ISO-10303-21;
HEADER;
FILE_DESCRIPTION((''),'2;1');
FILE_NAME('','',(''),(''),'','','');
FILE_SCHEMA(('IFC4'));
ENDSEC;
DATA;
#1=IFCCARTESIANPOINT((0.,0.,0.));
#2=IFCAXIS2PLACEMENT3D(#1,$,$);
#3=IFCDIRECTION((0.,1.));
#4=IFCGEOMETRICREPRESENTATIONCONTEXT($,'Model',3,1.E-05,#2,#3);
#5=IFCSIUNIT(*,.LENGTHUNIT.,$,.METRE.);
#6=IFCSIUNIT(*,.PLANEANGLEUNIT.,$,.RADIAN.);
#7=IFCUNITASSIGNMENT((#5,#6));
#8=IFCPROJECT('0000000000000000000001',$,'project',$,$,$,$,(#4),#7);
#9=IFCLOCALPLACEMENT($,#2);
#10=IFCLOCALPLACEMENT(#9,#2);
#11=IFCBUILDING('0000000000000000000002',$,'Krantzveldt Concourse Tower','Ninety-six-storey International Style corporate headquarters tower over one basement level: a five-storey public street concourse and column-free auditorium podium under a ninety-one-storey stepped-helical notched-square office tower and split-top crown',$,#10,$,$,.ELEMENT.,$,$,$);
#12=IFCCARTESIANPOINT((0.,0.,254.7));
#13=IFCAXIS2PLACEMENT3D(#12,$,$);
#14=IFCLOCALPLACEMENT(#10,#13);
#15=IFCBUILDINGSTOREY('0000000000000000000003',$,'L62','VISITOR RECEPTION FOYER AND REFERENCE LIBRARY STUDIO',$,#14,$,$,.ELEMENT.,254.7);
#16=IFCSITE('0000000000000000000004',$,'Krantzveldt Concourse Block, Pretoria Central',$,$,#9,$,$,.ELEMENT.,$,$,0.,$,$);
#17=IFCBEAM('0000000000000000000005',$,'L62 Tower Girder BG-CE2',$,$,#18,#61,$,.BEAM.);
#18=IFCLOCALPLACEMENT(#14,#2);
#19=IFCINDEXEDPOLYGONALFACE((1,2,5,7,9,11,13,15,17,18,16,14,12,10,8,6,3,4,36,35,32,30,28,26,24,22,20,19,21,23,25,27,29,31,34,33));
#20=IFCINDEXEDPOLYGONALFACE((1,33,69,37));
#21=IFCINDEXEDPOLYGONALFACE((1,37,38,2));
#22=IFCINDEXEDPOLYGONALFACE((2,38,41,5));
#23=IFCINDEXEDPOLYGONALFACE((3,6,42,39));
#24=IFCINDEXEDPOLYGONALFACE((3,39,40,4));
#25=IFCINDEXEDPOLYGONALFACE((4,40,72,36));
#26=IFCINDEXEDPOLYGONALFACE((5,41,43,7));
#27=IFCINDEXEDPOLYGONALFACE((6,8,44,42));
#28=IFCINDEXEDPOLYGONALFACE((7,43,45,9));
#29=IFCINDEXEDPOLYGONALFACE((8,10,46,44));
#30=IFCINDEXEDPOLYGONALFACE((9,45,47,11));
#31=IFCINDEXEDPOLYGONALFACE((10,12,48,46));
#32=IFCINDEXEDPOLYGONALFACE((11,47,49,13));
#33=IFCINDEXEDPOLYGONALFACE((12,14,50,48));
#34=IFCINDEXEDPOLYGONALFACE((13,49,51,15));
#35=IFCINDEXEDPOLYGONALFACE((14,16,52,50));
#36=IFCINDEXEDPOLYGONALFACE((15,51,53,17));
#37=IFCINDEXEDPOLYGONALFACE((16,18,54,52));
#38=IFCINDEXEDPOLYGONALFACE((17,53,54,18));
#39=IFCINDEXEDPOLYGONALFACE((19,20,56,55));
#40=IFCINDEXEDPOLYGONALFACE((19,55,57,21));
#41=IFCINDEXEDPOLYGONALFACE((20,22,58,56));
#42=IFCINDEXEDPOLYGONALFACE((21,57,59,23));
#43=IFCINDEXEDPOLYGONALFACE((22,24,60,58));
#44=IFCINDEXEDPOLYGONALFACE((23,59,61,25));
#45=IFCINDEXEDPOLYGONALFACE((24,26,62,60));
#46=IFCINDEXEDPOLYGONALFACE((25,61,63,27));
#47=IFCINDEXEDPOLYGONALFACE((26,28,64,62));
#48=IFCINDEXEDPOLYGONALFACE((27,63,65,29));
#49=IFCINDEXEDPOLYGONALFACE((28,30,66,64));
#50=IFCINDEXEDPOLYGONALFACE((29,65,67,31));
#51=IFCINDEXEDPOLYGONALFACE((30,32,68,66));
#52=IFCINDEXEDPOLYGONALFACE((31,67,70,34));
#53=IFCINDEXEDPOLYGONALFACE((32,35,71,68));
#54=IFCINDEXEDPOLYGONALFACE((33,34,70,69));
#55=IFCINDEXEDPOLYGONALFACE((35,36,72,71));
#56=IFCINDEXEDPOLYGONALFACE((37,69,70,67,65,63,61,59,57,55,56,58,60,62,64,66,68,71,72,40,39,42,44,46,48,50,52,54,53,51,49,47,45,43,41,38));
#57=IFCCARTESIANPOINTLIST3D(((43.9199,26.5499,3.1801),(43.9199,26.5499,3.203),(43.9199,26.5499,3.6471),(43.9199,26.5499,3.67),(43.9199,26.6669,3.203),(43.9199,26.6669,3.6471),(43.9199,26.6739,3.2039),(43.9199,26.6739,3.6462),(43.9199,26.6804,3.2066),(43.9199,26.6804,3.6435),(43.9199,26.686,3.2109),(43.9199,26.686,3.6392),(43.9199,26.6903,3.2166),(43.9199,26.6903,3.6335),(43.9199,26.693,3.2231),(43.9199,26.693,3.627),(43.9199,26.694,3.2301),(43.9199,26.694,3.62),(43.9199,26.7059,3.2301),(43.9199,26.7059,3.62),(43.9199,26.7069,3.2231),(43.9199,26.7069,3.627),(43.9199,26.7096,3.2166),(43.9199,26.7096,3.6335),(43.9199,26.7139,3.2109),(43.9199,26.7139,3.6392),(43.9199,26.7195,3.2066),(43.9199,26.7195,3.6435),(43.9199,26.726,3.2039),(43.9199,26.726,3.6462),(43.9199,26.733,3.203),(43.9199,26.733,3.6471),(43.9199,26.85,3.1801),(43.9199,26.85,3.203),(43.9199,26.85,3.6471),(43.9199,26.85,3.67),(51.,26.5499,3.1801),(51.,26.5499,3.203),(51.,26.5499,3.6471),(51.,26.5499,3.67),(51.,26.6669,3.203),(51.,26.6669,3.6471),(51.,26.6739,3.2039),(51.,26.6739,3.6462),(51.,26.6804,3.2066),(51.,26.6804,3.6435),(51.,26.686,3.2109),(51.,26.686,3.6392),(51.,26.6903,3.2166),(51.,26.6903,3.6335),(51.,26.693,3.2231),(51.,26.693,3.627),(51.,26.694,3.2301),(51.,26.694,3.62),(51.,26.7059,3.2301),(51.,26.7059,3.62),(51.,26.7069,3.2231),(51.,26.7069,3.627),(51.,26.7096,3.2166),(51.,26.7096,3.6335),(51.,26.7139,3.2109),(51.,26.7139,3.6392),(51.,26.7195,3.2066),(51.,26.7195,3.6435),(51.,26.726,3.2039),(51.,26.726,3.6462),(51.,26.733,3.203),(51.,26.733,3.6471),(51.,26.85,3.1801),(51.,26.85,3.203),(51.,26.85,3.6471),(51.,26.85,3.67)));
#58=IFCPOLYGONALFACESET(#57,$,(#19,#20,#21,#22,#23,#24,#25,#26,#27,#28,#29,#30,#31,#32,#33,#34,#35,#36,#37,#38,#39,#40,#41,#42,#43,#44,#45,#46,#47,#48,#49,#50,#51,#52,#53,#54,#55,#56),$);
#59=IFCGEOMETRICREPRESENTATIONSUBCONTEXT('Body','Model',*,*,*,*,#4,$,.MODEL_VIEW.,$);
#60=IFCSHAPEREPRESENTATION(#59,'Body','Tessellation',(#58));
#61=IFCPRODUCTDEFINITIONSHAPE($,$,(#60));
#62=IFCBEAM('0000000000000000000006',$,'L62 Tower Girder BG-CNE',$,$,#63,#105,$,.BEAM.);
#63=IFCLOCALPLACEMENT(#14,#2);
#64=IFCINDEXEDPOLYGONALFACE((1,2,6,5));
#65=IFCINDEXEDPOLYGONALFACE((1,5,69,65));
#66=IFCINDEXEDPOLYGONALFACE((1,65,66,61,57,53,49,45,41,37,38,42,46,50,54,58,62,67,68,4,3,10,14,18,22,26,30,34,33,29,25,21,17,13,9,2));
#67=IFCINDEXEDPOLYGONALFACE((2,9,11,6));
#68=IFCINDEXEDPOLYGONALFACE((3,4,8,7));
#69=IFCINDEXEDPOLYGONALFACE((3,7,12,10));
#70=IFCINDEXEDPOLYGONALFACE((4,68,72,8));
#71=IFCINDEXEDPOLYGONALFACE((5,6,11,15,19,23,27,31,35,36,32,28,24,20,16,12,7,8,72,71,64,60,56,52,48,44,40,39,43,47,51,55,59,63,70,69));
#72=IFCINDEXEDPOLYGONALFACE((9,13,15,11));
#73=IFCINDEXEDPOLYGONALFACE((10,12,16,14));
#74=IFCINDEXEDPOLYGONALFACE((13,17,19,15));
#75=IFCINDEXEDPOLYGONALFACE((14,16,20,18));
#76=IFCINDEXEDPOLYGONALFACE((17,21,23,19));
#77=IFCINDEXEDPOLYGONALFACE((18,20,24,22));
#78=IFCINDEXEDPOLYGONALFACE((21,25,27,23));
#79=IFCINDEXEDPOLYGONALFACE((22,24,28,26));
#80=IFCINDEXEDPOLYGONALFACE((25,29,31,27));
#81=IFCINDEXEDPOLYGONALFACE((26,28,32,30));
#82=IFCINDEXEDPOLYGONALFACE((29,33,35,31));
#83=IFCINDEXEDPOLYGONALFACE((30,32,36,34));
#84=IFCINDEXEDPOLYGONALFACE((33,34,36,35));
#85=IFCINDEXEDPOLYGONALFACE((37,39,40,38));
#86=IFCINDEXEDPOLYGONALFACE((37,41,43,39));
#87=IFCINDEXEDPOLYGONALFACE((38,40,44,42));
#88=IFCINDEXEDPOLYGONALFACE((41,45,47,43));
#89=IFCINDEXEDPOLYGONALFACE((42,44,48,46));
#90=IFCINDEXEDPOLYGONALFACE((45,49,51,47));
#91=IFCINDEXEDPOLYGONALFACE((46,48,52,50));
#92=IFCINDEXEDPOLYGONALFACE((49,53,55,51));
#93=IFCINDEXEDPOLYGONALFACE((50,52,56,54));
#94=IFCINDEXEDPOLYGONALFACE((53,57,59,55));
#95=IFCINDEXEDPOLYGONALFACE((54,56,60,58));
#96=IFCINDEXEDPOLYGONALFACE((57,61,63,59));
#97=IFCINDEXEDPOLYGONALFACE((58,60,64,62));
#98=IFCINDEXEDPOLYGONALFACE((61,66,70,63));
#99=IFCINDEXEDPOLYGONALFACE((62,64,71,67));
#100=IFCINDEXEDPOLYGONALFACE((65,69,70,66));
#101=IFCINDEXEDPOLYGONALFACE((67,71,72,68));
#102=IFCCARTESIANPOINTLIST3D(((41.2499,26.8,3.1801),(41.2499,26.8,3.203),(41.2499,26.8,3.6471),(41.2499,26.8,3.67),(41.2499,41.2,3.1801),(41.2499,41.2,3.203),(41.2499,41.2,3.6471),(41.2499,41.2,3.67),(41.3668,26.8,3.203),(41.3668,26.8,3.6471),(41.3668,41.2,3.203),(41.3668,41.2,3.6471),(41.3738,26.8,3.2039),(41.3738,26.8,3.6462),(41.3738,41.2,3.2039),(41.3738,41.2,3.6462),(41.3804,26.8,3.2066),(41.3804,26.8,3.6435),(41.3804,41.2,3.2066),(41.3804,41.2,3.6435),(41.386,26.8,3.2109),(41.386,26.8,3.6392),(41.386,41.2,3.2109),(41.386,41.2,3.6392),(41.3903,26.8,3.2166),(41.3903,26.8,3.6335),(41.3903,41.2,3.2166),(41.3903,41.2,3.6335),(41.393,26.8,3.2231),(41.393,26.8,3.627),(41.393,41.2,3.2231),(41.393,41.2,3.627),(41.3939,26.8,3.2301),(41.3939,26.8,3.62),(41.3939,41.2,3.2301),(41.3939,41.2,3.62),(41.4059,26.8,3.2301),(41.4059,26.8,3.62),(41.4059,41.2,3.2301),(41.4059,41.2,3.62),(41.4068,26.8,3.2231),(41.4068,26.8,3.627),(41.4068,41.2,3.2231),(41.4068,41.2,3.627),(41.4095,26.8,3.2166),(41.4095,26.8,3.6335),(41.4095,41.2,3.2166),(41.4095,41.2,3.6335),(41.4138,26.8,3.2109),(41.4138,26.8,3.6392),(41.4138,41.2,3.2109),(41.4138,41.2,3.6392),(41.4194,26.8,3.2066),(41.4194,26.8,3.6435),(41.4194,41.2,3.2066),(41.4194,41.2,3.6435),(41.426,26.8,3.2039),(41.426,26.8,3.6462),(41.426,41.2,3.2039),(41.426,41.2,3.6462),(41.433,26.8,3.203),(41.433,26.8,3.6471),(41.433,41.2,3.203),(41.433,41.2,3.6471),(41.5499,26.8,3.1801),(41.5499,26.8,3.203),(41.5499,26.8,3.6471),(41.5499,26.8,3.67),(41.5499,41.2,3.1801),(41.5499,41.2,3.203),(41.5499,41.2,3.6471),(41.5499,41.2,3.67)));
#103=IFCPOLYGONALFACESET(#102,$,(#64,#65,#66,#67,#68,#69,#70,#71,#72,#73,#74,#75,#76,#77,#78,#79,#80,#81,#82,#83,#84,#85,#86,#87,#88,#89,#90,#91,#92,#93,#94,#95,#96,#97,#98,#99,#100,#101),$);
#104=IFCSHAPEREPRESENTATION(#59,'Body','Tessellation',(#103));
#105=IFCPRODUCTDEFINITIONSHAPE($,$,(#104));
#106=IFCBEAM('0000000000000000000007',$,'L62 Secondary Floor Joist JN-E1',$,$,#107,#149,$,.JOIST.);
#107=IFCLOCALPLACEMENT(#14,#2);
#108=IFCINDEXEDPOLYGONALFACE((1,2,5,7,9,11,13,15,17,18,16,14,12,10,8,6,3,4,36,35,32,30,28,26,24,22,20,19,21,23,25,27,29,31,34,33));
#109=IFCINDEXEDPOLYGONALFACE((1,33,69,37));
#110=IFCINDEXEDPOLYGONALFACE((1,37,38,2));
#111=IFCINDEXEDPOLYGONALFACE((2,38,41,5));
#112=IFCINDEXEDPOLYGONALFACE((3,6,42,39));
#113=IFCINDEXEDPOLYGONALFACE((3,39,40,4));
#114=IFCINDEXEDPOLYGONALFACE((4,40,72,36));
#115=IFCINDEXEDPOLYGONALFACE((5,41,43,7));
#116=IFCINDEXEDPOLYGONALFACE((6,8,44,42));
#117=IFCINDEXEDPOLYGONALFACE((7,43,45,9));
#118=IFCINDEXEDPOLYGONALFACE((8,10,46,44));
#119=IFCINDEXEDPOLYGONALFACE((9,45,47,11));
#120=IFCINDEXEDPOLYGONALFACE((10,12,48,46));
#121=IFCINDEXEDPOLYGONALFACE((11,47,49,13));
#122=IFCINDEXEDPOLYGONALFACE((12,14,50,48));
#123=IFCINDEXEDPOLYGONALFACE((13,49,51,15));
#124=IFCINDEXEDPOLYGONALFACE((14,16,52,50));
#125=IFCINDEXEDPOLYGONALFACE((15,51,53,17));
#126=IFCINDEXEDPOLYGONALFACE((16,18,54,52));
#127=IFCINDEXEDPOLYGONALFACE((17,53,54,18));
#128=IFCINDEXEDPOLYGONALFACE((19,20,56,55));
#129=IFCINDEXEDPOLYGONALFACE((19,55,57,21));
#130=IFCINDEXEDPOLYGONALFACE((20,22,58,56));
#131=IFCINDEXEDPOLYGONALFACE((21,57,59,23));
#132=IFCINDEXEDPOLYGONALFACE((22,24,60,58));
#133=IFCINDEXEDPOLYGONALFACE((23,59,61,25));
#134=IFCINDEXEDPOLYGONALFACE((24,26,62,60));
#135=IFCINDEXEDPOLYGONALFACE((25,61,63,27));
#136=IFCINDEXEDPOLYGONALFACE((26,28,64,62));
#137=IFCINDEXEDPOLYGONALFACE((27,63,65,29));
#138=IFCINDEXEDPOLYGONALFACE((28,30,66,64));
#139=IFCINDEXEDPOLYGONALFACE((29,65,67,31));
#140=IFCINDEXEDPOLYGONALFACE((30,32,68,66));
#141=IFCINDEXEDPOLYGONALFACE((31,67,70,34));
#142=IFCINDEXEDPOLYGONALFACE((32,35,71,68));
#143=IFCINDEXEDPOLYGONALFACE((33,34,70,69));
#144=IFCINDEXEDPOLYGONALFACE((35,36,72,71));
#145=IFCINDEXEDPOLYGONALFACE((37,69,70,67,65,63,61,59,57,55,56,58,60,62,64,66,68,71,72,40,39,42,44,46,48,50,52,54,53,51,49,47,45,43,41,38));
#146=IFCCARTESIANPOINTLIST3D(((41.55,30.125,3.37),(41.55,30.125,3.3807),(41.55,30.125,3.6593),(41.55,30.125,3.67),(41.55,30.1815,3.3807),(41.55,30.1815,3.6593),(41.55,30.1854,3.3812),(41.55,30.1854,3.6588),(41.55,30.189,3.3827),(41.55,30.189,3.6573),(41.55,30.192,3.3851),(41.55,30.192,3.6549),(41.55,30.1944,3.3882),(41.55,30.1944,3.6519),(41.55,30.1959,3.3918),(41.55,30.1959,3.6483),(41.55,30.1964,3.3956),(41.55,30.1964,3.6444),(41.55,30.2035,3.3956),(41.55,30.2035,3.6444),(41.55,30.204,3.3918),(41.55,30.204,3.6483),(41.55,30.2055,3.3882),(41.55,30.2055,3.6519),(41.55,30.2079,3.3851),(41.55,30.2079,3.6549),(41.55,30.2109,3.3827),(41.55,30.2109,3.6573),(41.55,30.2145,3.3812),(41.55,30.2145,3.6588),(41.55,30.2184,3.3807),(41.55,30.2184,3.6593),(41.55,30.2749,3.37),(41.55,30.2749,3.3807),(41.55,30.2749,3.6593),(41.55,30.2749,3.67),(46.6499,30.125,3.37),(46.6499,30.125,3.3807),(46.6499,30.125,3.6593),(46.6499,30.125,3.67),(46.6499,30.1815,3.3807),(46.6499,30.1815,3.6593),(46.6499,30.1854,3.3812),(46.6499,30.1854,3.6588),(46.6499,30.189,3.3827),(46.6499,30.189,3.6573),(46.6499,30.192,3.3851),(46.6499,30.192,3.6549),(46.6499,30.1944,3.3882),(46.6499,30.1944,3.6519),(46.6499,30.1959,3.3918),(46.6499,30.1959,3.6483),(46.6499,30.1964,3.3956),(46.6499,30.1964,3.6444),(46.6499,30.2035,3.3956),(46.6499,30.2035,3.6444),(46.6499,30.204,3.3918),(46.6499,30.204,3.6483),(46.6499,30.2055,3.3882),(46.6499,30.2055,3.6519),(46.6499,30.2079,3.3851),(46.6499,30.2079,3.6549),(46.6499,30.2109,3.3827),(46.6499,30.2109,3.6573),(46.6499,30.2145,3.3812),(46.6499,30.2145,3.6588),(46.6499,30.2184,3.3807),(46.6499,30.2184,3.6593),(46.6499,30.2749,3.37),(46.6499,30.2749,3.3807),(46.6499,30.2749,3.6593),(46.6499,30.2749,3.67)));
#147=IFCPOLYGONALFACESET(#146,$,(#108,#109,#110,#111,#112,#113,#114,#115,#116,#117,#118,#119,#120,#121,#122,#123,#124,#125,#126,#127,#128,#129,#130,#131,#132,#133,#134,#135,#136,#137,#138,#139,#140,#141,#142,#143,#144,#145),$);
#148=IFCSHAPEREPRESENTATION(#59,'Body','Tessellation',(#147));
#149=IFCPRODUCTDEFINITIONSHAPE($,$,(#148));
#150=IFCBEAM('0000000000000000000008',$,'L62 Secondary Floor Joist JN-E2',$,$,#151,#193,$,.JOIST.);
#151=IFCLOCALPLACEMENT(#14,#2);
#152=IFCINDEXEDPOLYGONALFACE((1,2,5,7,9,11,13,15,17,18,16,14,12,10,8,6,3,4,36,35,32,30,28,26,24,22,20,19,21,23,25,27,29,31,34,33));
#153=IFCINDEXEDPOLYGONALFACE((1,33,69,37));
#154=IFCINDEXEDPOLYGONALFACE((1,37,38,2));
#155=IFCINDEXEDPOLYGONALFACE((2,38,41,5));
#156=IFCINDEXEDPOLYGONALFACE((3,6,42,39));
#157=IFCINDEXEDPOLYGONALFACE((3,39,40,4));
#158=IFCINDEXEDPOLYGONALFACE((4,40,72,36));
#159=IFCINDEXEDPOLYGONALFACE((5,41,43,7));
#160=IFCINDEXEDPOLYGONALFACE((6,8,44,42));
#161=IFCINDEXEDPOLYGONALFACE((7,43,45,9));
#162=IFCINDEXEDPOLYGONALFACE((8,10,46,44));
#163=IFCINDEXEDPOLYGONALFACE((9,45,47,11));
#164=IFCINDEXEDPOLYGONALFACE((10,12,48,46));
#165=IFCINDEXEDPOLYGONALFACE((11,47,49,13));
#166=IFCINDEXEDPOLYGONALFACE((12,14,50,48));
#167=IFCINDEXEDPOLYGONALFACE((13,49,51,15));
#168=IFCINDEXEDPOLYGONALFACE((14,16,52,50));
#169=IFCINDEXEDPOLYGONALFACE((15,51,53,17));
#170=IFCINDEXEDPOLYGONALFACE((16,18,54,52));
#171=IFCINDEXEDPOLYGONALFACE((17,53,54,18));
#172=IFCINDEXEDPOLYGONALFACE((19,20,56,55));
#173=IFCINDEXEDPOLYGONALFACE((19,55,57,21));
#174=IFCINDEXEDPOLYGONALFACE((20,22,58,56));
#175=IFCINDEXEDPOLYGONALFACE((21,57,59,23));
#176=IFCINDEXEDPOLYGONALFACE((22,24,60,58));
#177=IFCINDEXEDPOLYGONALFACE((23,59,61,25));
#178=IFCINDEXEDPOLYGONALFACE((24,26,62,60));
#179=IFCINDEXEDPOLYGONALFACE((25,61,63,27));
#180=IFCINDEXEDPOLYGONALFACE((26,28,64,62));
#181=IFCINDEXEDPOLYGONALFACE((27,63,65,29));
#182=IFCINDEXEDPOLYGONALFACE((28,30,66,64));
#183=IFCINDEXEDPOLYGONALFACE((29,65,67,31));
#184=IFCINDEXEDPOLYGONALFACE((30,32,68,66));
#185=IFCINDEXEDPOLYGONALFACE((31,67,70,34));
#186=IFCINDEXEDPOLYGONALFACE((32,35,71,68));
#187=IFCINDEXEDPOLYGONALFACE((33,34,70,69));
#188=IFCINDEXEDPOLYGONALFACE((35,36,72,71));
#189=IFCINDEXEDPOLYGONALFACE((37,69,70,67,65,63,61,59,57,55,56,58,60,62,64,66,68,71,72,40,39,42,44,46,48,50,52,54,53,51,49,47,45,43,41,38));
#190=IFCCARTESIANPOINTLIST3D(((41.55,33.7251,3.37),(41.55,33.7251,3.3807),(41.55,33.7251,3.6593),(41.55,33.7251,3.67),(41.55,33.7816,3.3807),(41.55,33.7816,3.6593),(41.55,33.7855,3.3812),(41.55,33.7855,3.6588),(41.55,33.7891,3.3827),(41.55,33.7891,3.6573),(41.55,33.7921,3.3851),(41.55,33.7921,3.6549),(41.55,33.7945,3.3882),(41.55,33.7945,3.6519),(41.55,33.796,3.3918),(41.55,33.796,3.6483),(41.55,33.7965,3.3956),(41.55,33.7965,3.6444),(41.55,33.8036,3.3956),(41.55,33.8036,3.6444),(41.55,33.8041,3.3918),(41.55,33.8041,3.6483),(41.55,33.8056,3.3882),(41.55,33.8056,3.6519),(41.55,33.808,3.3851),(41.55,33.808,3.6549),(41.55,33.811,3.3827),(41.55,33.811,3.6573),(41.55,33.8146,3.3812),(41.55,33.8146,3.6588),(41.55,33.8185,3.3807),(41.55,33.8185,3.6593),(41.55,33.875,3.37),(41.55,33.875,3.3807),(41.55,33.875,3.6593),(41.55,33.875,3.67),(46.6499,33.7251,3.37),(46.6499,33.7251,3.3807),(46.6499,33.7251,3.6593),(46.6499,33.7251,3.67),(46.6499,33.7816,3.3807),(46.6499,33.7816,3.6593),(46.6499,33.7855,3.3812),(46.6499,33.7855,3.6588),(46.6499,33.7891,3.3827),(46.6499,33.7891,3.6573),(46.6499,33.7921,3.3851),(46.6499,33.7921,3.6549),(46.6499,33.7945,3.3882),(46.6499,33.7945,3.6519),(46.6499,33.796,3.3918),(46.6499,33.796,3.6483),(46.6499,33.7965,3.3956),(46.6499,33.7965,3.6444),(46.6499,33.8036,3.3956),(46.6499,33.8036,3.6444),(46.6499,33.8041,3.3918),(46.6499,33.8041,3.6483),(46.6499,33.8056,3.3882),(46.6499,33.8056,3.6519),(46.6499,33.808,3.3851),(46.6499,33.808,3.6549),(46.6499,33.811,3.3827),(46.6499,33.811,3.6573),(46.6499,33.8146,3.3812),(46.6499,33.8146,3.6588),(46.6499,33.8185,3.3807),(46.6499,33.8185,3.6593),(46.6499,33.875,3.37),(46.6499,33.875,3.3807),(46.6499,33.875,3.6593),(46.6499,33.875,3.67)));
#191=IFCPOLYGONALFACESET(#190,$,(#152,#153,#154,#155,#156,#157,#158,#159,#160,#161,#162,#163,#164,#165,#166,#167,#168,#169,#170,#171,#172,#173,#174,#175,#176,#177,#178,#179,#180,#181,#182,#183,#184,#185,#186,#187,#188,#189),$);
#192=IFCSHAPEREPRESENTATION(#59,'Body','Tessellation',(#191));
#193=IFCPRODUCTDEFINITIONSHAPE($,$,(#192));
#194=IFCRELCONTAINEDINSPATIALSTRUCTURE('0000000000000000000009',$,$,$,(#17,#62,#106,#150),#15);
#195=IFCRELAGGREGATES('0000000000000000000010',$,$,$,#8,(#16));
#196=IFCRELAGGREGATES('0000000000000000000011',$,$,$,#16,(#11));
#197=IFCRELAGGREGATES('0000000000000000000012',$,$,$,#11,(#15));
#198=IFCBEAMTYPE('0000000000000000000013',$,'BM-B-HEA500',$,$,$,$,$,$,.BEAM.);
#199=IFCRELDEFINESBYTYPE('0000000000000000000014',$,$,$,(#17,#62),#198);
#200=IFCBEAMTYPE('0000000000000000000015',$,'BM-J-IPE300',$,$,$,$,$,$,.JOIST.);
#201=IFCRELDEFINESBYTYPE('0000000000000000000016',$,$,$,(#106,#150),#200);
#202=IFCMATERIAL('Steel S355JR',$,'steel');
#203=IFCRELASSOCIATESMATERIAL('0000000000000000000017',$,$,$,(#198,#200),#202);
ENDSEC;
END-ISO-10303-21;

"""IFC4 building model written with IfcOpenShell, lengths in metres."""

from ifc_helpers import new_model, si_unit, direction, frame, origin, origin_2d, place, context, subcontext, project, spatial, i_section, extrude, source, transform, mapped, material, material_profile, profile_set, type_object, type_shapes, element, save


model = new_model("IFC4")

# Units and contexts
model_context = context("Model", 3, precision=1e-05, world=origin(), true_north=direction((0.0, 1.0)))
body_context = subcontext(model_context, "Body", "Model", "MODEL_VIEW")
ifc_project = project(units=[si_unit("LENGTHUNIT", "METRE"), si_unit("PLANEANGLEUNIT", "RADIAN")], contexts=[model_context])

# Site, building, storey
site_placement = place(None, origin())
site = spatial("IfcSite", under=ifc_project, at=site_placement, Name="Krantzveldt Concourse Block, Pretoria Central", CompositionType="ELEMENT", RefElevation=0.0)
building_placement = place(site_placement, origin())
building = spatial("IfcBuilding", under=site, at=building_placement, Name="Krantzveldt Concourse Tower", Description="Ninety-six-storey International Style corporate headquarters tower over one basement level: a five-storey public street concourse and column-free auditorium podium under a ninety-one-storey stepped-helical notched-square office tower and split-top crown", CompositionType="ELEMENT")
storey_placement = place(building_placement, frame((0.0, 0.0, 254.7)))
storey = spatial("IfcBuildingStorey", under=building, at=storey_placement, Name="L62", Description="VISITOR RECEPTION FOYER AND REFERENCE LIBRARY STUDIO", CompositionType="ELEMENT", Elevation=254.7)

# Beams
ifc_material_1 = material(Name="Steel S355JR", Category="steel")
ifc_material_profile_1 = material_profile(ifc_material_1, i_section(OverallWidth=0.3, OverallDepth=0.49, WebThickness=0.012, FlangeThickness=0.0229, FilletRadius=0.0271, at=origin_2d()), Name="Steel S355JR", Category="steel")
ifc_profile_set_1 = profile_set([ifc_material_profile_1], Name="Steel S355JR - HEA 500")
beam_type_1 = type_object("IfcBeamType", Name="BM-B-HEA500", PredefinedType="BEAM", material=ifc_profile_set_1)
shared_shape_1 = source(origin(), body_context, "Body", "SweptSolid", [
    extrude(i_section(OverallWidth=0.3, OverallDepth=0.49, WebThickness=0.012, FlangeThickness=0.0229, FilletRadius=0.0271, at=origin_2d()), origin(), (0.0, 0.0, 1.0), 7.0801),
])
beam_1_placement = place(storey_placement, frame((43.9199, 26.7, 3.425), z_axis=(1.0, 0.0, 0.0), x_axis=(0.0, 1.0, 0.0)))
element("IfcBeam", 1, at=beam_1_placement, inside=storey, type_object=beam_type_1, Name="L62 Tower Girder BG-CE2", PredefinedType="BEAM", context=body_context, shape_type="MappedRepresentation", body=[
    mapped(shared_shape_1, transform((0.0, 0.0, 0.0), x_axis=(1.0, 0.0, 0.0), y_axis=(0.0, 1.0, 0.0), z_axis=(0.0, 0.0, 1.0), scale=1.0)),
])
shared_shape_2 = source(origin(), body_context, "Body", "SweptSolid", [
    extrude(i_section(OverallWidth=0.3, OverallDepth=0.49, WebThickness=0.012, FlangeThickness=0.0229, FilletRadius=0.0271, at=origin_2d()), origin(), (0.0, 0.0, 1.0), 14.3999),
])
type_shapes(beam_type_1, [shared_shape_1, shared_shape_2])
beam_2_placement = place(storey_placement, frame((41.3999, 26.8, 3.425), z_axis=(0.0, 1.0, 0.0), x_axis=(-1.0, 0.0, 0.0)))
element("IfcBeam", 2, at=beam_2_placement, inside=storey, type_object=beam_type_1, Name="L62 Tower Girder BG-CNE", PredefinedType="BEAM", context=body_context, shape_type="MappedRepresentation", body=[
    mapped(shared_shape_2, transform((0.0, 0.0, 0.0), x_axis=(1.0, 0.0, 0.0), y_axis=(0.0, 1.0, 0.0), z_axis=(0.0, 0.0, 1.0), scale=1.0)),
])
ifc_material_profile_2 = material_profile(ifc_material_1, i_section(OverallWidth=0.1499, OverallDepth=0.3, WebThickness=0.0071, FlangeThickness=0.0107, FilletRadius=0.0149, at=origin_2d()), Name="Steel S355JR", Category="steel")
ifc_profile_set_2 = profile_set([ifc_material_profile_2], Name="Steel S355JR - IPE 300")
beam_type_2 = type_object("IfcBeamType", Name="BM-J-IPE300", PredefinedType="JOIST", material=ifc_profile_set_2)
shared_shape_3 = source(origin(), body_context, "Body", "SweptSolid", [
    extrude(i_section(OverallWidth=0.1499, OverallDepth=0.3, WebThickness=0.0071, FlangeThickness=0.0107, FilletRadius=0.0149, at=origin_2d()), origin(), (0.0, 0.0, 1.0), 5.0999),
])
type_shapes(beam_type_2, [shared_shape_3])
for number, where, z_axis, x_axis, name in (
    (3, (41.55, 30.2, 3.52), (1.0, 0.0, 0.0), (0.0, 1.0, 0.0), "L62 Secondary Floor Joist JN-E1"),
    (4, (41.55, 33.8, 3.52), (1.0, 0.0, 0.0), (0.0, 1.0, 0.0), "L62 Secondary Floor Joist JN-E2"),
):
    element("IfcBeam", number, at=place(storey_placement, frame(where, z_axis=z_axis, x_axis=x_axis)), inside=storey, type_object=beam_type_2, Name=name, PredefinedType="JOIST", context=body_context, shape_type="MappedRepresentation", body=[
        mapped(shared_shape_3, transform((0.0, 0.0, 0.0), x_axis=(1.0, 0.0, 0.0), y_axis=(0.0, 1.0, 0.0), z_axis=(0.0, 0.0, 1.0), scale=1.0)),
    ])

save(model, "model.ifc")
